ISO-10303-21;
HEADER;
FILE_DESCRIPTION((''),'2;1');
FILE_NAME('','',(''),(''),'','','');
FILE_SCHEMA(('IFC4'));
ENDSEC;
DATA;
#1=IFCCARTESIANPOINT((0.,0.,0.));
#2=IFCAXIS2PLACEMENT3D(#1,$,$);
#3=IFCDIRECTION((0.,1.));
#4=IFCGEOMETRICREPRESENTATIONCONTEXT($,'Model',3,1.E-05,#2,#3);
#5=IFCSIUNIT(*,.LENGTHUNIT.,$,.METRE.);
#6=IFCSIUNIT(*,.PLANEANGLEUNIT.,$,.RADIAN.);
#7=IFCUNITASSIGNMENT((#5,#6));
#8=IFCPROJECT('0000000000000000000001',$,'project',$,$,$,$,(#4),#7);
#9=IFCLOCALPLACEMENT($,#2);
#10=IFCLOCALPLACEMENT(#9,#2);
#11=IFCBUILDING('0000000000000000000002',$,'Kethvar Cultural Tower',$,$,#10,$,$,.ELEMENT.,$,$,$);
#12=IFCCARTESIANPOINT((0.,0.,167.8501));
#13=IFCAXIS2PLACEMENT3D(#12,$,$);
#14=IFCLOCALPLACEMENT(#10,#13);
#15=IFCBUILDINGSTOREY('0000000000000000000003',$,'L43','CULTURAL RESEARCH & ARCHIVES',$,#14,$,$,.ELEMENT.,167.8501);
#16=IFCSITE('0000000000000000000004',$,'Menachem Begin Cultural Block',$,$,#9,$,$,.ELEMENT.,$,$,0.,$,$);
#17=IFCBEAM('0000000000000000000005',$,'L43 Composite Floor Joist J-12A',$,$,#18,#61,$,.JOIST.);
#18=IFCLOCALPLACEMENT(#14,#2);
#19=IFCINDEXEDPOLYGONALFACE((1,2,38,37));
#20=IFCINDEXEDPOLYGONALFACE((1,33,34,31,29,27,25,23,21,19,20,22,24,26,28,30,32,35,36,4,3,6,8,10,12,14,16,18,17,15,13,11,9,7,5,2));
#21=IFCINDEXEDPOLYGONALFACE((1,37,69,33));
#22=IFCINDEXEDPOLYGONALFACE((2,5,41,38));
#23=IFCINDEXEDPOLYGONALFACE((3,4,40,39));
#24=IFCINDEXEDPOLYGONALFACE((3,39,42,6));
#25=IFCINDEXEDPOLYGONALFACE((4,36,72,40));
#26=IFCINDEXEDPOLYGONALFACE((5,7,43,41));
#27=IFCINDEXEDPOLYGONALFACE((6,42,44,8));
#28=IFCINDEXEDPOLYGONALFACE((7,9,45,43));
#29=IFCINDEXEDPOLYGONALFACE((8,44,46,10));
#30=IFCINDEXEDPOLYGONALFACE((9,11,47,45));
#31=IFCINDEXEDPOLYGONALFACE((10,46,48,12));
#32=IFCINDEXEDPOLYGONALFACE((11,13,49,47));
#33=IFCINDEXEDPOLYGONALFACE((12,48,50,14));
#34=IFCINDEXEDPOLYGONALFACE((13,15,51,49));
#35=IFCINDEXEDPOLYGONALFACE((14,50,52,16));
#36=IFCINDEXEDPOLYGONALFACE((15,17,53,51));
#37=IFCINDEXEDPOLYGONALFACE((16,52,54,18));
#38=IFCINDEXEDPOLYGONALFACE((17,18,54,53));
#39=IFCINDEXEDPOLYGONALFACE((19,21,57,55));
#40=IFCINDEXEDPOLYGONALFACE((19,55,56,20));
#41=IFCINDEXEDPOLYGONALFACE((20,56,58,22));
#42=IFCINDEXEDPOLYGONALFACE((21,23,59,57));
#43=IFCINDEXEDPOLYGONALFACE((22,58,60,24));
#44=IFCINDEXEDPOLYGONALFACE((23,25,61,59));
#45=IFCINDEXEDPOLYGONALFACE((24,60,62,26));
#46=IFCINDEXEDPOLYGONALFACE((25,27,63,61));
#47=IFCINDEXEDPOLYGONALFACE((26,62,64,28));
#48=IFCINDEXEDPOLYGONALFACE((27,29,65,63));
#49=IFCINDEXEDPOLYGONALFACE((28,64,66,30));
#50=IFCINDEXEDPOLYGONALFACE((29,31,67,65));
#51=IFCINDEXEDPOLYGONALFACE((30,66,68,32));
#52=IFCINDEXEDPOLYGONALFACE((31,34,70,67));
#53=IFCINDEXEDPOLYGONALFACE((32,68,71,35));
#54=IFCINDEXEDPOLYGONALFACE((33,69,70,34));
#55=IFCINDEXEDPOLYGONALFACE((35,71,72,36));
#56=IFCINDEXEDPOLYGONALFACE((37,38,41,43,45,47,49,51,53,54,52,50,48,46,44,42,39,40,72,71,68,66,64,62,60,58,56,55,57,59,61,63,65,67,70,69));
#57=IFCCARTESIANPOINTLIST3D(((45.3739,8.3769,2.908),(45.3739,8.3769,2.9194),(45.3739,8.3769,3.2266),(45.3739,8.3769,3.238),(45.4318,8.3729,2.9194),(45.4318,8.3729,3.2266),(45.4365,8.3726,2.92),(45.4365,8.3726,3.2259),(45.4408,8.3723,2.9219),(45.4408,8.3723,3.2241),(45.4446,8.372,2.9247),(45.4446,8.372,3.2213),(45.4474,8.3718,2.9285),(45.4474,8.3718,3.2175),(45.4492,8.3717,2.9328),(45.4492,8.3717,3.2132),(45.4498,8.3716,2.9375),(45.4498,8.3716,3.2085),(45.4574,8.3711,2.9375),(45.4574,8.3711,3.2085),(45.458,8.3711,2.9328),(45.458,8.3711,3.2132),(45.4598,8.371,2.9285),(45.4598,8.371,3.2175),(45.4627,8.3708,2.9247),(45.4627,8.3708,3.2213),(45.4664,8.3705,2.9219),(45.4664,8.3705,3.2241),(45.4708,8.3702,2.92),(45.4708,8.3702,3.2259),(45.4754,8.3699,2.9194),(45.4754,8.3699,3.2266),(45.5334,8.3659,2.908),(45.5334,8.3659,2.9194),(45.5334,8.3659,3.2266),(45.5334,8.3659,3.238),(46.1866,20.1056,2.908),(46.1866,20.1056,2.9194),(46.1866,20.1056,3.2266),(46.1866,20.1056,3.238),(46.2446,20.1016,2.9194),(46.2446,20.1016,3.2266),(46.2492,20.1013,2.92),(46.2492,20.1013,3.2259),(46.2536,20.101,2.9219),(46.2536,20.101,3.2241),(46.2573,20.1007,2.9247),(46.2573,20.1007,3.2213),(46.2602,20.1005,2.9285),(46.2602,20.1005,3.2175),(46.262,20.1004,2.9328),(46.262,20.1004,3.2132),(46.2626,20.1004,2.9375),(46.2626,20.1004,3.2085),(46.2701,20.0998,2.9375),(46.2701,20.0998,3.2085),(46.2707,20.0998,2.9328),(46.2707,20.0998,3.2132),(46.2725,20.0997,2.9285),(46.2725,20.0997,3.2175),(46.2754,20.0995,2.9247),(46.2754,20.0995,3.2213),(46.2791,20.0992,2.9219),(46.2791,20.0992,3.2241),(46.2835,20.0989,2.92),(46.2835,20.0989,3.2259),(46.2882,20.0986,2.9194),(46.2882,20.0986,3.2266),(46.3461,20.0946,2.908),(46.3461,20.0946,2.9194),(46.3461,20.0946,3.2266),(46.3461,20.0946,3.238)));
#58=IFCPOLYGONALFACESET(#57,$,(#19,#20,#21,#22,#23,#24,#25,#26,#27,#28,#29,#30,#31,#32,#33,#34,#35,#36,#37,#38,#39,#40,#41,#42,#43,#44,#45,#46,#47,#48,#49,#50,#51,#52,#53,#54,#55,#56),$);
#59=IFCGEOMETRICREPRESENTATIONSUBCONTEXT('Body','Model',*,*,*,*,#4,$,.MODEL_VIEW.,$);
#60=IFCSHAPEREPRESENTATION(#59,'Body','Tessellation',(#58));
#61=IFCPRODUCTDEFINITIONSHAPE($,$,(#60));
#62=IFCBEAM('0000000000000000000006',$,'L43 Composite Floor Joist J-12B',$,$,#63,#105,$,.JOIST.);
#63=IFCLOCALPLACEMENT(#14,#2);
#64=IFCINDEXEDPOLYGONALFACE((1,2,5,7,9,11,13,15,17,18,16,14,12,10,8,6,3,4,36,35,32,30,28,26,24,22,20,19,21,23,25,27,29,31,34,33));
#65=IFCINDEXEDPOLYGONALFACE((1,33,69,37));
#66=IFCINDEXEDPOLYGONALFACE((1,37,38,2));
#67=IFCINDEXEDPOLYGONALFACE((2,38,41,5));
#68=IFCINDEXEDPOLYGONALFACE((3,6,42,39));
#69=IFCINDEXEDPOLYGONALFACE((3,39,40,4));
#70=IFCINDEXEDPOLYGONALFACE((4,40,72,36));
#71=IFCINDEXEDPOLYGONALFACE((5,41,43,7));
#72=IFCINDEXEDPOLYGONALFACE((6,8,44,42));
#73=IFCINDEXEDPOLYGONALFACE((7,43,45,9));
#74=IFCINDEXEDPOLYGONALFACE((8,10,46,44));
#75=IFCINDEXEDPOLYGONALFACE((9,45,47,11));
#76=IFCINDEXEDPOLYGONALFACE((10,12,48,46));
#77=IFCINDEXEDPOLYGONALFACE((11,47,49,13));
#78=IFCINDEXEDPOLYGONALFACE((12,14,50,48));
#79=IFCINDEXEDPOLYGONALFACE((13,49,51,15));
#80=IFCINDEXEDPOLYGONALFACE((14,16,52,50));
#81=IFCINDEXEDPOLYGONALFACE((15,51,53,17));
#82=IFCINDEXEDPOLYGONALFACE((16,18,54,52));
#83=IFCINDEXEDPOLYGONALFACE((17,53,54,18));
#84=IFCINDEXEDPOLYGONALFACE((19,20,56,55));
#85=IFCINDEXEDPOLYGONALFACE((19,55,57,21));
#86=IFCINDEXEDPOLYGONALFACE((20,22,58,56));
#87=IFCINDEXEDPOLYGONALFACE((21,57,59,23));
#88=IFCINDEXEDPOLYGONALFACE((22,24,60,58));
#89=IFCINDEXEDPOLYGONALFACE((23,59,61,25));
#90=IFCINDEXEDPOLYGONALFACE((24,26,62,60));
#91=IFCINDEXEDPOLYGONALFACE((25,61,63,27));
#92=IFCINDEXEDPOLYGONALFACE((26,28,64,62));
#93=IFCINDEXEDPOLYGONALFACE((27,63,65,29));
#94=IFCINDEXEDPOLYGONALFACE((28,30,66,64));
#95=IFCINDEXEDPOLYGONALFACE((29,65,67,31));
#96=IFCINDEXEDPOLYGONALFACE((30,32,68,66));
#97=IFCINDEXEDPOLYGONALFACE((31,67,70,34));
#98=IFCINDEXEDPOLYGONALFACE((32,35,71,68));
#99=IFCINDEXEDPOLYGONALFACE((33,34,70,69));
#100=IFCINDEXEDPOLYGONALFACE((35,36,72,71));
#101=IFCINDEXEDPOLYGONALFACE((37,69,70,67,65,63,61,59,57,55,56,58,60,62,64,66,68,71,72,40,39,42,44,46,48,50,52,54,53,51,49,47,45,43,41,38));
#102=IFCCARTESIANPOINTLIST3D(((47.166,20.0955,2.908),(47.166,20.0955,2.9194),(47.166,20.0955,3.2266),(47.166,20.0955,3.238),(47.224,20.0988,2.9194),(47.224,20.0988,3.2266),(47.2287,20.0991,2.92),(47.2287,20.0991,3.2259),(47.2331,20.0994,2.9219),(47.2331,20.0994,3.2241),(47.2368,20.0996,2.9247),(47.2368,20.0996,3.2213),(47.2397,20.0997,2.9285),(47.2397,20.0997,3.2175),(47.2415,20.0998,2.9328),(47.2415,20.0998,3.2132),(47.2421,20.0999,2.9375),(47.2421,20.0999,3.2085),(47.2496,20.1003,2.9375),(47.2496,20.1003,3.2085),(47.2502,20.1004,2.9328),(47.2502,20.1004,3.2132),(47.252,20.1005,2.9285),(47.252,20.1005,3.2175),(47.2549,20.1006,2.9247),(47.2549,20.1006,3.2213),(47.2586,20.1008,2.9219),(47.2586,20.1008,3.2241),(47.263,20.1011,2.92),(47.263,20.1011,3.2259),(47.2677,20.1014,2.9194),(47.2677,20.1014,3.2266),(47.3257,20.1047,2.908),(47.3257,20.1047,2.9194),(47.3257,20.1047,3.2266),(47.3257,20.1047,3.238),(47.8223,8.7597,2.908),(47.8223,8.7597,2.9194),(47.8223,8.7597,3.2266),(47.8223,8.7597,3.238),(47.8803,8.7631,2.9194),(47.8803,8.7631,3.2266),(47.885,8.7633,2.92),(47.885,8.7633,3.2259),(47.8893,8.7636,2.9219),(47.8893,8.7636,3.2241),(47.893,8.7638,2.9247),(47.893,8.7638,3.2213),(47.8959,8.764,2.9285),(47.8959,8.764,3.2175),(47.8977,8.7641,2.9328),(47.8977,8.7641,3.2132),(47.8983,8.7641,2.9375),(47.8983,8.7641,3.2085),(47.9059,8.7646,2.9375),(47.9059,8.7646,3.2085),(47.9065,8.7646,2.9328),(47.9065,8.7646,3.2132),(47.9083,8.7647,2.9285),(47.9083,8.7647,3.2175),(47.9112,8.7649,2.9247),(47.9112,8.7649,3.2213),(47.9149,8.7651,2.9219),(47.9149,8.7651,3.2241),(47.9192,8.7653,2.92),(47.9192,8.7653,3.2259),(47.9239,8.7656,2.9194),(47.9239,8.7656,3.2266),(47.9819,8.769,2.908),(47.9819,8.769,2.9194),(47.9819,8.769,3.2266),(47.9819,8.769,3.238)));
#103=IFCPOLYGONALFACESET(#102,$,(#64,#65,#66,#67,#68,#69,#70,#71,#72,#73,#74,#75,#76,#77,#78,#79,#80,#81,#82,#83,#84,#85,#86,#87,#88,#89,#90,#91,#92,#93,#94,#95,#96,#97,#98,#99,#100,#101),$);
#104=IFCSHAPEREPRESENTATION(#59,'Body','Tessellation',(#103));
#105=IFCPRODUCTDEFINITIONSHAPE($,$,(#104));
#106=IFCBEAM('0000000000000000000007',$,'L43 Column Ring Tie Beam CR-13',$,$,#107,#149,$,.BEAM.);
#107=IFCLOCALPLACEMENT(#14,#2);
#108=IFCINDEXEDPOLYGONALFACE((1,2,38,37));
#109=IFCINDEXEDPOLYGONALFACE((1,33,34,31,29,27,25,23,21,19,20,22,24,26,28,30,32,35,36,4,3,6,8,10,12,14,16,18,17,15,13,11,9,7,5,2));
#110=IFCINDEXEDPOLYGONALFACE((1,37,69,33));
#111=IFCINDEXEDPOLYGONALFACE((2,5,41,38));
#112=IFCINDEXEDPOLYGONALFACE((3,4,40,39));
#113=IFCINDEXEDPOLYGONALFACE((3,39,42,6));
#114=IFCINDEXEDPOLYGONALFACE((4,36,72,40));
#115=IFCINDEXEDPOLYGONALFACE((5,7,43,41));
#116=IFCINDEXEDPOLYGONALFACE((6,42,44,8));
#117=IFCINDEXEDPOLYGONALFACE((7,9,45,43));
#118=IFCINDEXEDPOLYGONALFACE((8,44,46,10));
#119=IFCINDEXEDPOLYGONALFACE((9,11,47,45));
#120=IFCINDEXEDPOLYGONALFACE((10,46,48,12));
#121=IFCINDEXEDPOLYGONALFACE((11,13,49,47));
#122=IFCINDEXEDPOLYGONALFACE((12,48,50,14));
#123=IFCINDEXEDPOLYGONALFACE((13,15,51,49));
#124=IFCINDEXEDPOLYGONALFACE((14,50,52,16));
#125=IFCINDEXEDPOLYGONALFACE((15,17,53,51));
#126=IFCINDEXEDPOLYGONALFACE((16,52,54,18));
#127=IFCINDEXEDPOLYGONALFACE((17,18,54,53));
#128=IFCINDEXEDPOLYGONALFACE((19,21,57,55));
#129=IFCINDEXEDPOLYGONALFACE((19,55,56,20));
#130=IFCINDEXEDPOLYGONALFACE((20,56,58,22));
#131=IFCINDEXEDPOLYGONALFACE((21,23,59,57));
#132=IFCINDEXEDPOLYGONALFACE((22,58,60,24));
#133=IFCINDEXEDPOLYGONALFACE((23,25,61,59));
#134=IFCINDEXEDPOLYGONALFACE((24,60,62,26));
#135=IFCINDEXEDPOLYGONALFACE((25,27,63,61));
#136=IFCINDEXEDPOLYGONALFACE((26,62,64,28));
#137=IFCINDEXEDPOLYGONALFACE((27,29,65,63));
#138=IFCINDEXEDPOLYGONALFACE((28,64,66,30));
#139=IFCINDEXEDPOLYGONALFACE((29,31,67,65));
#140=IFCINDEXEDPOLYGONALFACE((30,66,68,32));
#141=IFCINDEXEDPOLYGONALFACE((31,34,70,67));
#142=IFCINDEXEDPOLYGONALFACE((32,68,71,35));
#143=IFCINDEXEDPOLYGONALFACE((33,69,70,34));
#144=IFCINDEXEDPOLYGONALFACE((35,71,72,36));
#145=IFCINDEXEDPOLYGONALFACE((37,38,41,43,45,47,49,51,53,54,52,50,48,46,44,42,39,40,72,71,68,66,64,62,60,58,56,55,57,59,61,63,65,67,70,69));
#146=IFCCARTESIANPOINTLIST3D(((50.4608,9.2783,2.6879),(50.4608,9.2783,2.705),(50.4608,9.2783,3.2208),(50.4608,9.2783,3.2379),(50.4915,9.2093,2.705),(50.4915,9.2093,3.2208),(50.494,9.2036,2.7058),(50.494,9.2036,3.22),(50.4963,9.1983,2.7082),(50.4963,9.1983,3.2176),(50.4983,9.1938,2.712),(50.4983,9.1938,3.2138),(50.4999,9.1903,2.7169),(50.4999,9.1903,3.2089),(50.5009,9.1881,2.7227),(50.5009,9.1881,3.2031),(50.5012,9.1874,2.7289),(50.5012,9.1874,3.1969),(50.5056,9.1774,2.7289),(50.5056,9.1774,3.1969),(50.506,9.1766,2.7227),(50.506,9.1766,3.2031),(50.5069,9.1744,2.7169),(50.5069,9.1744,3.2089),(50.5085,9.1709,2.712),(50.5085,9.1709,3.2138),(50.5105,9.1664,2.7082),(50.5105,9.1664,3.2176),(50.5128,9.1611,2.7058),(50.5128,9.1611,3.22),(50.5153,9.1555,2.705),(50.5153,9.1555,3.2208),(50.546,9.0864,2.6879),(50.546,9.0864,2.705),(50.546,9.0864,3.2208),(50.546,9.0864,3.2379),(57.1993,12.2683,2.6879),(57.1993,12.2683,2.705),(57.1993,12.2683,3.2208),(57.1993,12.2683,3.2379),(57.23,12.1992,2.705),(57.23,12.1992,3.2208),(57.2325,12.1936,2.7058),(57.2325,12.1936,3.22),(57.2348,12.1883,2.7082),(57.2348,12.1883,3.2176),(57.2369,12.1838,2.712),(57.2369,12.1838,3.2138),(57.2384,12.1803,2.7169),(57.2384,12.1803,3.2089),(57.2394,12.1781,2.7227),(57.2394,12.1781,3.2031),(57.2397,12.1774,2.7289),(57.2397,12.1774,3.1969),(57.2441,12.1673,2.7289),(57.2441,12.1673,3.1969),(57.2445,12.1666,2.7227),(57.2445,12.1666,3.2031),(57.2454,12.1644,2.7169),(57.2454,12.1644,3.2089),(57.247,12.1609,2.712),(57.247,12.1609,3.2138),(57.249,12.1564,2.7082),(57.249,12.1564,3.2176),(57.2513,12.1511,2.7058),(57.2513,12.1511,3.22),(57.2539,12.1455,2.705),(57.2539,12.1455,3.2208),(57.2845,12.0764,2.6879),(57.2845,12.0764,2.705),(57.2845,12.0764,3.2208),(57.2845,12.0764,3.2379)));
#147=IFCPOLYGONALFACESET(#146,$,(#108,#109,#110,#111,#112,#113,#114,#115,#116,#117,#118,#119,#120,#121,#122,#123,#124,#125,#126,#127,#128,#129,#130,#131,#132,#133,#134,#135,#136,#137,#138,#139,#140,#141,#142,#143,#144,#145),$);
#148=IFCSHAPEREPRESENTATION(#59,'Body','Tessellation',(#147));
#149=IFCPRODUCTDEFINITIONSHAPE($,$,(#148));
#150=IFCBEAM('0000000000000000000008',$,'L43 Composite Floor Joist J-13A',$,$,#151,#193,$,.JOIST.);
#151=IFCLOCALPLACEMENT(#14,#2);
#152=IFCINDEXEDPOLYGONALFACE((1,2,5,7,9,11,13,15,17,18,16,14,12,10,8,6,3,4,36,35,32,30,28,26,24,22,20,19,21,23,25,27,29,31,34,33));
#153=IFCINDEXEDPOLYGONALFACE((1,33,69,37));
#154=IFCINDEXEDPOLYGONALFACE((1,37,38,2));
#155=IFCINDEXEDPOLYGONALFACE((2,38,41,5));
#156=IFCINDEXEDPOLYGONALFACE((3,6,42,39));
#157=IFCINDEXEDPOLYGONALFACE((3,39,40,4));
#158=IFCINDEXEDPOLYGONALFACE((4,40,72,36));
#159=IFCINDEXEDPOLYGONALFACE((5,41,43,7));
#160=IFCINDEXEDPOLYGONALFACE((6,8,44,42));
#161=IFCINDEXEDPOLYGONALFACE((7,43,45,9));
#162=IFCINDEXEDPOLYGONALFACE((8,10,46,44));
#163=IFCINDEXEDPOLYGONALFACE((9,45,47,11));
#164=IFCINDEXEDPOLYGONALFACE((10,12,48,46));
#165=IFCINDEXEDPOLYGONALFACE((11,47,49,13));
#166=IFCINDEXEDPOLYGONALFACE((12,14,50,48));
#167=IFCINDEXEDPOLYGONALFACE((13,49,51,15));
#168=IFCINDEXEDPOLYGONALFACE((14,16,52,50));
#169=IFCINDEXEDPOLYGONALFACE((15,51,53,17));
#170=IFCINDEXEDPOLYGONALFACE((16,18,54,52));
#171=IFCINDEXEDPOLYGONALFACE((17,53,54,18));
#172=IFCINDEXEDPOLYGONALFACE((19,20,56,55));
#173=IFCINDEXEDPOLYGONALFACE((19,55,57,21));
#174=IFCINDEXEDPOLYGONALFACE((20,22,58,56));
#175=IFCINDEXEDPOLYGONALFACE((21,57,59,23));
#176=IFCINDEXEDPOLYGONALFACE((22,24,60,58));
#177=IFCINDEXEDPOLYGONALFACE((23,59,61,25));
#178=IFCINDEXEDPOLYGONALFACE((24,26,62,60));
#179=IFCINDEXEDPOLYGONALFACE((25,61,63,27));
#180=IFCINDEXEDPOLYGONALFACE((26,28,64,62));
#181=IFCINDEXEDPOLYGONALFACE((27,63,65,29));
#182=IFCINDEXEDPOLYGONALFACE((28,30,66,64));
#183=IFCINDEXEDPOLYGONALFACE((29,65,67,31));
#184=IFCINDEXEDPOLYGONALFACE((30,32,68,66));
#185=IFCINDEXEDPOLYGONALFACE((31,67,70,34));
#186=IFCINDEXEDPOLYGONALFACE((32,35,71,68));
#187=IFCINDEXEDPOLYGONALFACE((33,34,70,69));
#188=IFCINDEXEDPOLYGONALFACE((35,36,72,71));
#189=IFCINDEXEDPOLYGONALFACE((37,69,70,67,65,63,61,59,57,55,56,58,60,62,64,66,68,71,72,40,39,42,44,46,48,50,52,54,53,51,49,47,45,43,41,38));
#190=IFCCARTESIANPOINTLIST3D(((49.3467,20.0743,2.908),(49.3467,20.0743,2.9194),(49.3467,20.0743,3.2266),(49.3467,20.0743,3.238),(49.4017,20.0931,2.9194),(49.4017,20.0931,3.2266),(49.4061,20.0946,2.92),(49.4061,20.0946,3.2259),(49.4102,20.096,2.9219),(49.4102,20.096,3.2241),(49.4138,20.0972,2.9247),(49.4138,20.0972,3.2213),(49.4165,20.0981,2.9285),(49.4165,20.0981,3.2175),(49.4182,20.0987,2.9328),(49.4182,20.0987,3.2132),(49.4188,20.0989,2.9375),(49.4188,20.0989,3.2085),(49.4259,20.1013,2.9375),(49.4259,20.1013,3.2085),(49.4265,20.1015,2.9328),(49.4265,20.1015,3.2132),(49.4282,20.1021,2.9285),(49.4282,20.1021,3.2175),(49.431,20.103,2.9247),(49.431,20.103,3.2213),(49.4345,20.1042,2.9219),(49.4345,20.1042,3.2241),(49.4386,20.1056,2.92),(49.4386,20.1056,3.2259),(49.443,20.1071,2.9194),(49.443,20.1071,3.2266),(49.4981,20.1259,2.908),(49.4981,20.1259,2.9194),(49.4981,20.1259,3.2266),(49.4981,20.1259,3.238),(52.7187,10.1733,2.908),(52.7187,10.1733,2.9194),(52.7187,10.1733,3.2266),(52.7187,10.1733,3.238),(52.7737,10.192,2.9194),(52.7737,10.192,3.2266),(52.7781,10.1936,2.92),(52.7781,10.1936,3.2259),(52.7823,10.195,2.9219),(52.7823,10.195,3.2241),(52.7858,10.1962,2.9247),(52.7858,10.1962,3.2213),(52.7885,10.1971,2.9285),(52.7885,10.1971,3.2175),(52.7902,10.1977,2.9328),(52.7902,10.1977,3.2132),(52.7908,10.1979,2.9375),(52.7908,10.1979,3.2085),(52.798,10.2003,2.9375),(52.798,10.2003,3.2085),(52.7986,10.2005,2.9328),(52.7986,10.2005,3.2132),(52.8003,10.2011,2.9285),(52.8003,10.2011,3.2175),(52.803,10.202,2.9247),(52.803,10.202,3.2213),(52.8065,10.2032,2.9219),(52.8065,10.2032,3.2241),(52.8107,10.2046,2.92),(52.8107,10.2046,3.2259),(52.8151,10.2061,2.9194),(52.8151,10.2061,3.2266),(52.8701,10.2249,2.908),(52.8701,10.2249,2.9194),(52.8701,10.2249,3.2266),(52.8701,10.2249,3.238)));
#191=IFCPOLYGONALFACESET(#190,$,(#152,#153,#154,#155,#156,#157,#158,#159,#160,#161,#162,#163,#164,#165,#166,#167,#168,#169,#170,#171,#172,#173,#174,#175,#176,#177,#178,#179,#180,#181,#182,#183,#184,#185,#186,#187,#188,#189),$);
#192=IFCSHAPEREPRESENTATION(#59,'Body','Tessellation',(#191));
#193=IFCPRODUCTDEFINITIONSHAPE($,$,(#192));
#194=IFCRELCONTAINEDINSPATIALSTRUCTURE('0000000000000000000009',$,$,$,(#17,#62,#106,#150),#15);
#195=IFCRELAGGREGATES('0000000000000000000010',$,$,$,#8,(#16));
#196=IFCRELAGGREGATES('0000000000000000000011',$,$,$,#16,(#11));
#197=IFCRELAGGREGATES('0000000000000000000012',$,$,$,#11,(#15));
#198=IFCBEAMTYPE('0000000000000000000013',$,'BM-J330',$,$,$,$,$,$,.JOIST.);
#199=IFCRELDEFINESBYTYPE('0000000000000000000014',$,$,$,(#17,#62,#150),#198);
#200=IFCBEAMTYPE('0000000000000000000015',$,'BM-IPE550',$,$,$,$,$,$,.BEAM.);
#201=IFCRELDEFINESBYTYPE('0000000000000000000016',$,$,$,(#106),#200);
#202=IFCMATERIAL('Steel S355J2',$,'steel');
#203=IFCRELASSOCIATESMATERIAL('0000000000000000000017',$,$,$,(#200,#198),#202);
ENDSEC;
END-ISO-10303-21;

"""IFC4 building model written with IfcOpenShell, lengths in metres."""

from ifc_helpers import new_model, si_unit, direction, frame, origin, origin_2d, place, context, subcontext, project, spatial, i_section, extrude, source, transform, mapped, material, material_profile, profile_set, type_object, element, save


model = new_model("IFC4")

# Units and contexts
model_context = context("Model", 3, precision=1e-05, world=origin(), true_north=direction((0.0, 1.0)))
body_context = subcontext(model_context, "Body", "Model", "MODEL_VIEW")
ifc_project = project(units=[si_unit("LENGTHUNIT", "METRE"), si_unit("PLANEANGLEUNIT", "RADIAN")], contexts=[model_context])

# Site, building, storey
site_placement = place(None, origin())
site = spatial("IfcSite", under=ifc_project, at=site_placement, Name="Menachem Begin Cultural Block", CompositionType="ELEMENT", RefElevation=0.0)
building_placement = place(site_placement, origin())
building = spatial("IfcBuilding", under=site, at=building_placement, Name="Kethvar Cultural Tower", CompositionType="ELEMENT")
storey_placement = place(building_placement, frame((0.0, 0.0, 167.8501)))
storey = spatial("IfcBuildingStorey", under=building, at=storey_placement, Name="L43", Description="CULTURAL RESEARCH & ARCHIVES", CompositionType="ELEMENT", Elevation=167.8501)

# Beams
ifc_material_1 = material(Name="Steel S355J2", Category="steel")
ifc_material_profile_1 = material_profile(ifc_material_1, i_section(OverallWidth=0.21, OverallDepth=0.55, WebThickness=0.011, FlangeThickness=0.0171, FilletRadius=0.0239, at=origin_2d()), Name="Steel S355J2 — IPE550")
ifc_profile_set_1 = profile_set([ifc_material_profile_1], Name="Steel S355J2 — IPE550")
beam_type_1 = type_object("IfcBeamType", Name="BM-IPE550", PredefinedType="BEAM", material=ifc_profile_set_1)
ifc_material_profile_2 = material_profile(ifc_material_1, i_section(OverallWidth=0.1599, OverallDepth=0.3301, WebThickness=0.0076, FlangeThickness=0.0115, FilletRadius=0.0181, at=origin_2d()), Name="Steel S355J2 — IPE330")
ifc_profile_set_2 = profile_set([ifc_material_profile_2], Name="Steel S355J2 — IPE330")
beam_type_2 = type_object("IfcBeamType", Name="BM-J330", PredefinedType="JOIST", material=ifc_profile_set_2)
shared_shape_1 = source(origin(), body_context, "Body", "SweptSolid", [
    extrude(i_section(OverallWidth=0.1599, OverallDepth=0.3301, WebThickness=0.0076, FlangeThickness=0.0115, FilletRadius=0.0181, at=origin_2d()), origin(), (0.0, 0.0, 1.0), 11.7568),
])
beam_1_placement = place(storey_placement, frame((46.2664, 20.1001, 3.073), z_axis=(-0.069129, -0.997608, 0.0), x_axis=(0.997608, -0.069129, 0.0)))
element("IfcBeam", 1, at=beam_1_placement, inside=storey, type_object=beam_type_2, Name="L43 Composite Floor Joist J-12A", PredefinedType="JOIST", context=body_context, shape_type="MappedRepresentation", body=[
    mapped(shared_shape_1, transform((0.0, 0.0, 0.0), scale=1.0)),
])
shared_shape_2 = source(origin(), body_context, "Body", "SweptSolid", [
    extrude(i_section(OverallWidth=0.1599, OverallDepth=0.3301, WebThickness=0.0076, FlangeThickness=0.0115, FilletRadius=0.0181, at=origin_2d()), origin(), (0.0, 0.0, 1.0), 11.3547),
])
beam_2_placement = place(storey_placement, frame((47.2458, 20.1001, 3.073), z_axis=(0.057796, -0.998328, 0.0), x_axis=(0.998328, 0.057796, 0.0)))
element("IfcBeam", 2, at=beam_2_placement, inside=storey, type_object=beam_type_2, Name="L43 Composite Floor Joist J-12B", PredefinedType="JOIST", context=body_context, shape_type="MappedRepresentation", body=[
    mapped(shared_shape_2, transform((0.0, 0.0, 0.0), scale=1.0)),
])
shared_shape_3 = source(origin(), body_context, "Body", "SweptSolid", [
    extrude(i_section(OverallWidth=0.21, OverallDepth=0.55, WebThickness=0.011, FlangeThickness=0.0171, FilletRadius=0.0239, at=origin_2d()), origin(), (0.0, 0.0, 1.0), 7.3721),
])
beam_3_placement = place(storey_placement, frame((50.5034, 9.1824, 2.9629), z_axis=(0.914059, 0.405582, 0.0), x_axis=(-0.405582, 0.914059, 0.0)))
element("IfcBeam", 3, at=beam_3_placement, inside=storey, type_object=beam_type_1, Name="L43 Column Ring Tie Beam CR-13", PredefinedType="BEAM", context=body_context, shape_type="MappedRepresentation", body=[
    mapped(shared_shape_3, transform((0.0, 0.0, 0.0), scale=1.0)),
])
shared_shape_4 = source(origin(), body_context, "Body", "SweptSolid", [
    extrude(i_section(OverallWidth=0.1599, OverallDepth=0.3301, WebThickness=0.0076, FlangeThickness=0.0115, FilletRadius=0.0181, at=origin_2d()), origin(), (0.0, 0.0, 1.0), 10.4595),
])
beam_4_placement = place(storey_placement, frame((49.4224, 20.1001, 3.073), z_axis=(0.32239, -0.946607, 0.0), x_axis=(0.946607, 0.32239, 0.0)))
element("IfcBeam", 4, at=beam_4_placement, inside=storey, type_object=beam_type_2, Name="L43 Composite Floor Joist J-13A", PredefinedType="JOIST", context=body_context, shape_type="MappedRepresentation", body=[
    mapped(shared_shape_4, transform((0.0, 0.0, 0.0), scale=1.0)),
])

save(model, "model.ifc")
